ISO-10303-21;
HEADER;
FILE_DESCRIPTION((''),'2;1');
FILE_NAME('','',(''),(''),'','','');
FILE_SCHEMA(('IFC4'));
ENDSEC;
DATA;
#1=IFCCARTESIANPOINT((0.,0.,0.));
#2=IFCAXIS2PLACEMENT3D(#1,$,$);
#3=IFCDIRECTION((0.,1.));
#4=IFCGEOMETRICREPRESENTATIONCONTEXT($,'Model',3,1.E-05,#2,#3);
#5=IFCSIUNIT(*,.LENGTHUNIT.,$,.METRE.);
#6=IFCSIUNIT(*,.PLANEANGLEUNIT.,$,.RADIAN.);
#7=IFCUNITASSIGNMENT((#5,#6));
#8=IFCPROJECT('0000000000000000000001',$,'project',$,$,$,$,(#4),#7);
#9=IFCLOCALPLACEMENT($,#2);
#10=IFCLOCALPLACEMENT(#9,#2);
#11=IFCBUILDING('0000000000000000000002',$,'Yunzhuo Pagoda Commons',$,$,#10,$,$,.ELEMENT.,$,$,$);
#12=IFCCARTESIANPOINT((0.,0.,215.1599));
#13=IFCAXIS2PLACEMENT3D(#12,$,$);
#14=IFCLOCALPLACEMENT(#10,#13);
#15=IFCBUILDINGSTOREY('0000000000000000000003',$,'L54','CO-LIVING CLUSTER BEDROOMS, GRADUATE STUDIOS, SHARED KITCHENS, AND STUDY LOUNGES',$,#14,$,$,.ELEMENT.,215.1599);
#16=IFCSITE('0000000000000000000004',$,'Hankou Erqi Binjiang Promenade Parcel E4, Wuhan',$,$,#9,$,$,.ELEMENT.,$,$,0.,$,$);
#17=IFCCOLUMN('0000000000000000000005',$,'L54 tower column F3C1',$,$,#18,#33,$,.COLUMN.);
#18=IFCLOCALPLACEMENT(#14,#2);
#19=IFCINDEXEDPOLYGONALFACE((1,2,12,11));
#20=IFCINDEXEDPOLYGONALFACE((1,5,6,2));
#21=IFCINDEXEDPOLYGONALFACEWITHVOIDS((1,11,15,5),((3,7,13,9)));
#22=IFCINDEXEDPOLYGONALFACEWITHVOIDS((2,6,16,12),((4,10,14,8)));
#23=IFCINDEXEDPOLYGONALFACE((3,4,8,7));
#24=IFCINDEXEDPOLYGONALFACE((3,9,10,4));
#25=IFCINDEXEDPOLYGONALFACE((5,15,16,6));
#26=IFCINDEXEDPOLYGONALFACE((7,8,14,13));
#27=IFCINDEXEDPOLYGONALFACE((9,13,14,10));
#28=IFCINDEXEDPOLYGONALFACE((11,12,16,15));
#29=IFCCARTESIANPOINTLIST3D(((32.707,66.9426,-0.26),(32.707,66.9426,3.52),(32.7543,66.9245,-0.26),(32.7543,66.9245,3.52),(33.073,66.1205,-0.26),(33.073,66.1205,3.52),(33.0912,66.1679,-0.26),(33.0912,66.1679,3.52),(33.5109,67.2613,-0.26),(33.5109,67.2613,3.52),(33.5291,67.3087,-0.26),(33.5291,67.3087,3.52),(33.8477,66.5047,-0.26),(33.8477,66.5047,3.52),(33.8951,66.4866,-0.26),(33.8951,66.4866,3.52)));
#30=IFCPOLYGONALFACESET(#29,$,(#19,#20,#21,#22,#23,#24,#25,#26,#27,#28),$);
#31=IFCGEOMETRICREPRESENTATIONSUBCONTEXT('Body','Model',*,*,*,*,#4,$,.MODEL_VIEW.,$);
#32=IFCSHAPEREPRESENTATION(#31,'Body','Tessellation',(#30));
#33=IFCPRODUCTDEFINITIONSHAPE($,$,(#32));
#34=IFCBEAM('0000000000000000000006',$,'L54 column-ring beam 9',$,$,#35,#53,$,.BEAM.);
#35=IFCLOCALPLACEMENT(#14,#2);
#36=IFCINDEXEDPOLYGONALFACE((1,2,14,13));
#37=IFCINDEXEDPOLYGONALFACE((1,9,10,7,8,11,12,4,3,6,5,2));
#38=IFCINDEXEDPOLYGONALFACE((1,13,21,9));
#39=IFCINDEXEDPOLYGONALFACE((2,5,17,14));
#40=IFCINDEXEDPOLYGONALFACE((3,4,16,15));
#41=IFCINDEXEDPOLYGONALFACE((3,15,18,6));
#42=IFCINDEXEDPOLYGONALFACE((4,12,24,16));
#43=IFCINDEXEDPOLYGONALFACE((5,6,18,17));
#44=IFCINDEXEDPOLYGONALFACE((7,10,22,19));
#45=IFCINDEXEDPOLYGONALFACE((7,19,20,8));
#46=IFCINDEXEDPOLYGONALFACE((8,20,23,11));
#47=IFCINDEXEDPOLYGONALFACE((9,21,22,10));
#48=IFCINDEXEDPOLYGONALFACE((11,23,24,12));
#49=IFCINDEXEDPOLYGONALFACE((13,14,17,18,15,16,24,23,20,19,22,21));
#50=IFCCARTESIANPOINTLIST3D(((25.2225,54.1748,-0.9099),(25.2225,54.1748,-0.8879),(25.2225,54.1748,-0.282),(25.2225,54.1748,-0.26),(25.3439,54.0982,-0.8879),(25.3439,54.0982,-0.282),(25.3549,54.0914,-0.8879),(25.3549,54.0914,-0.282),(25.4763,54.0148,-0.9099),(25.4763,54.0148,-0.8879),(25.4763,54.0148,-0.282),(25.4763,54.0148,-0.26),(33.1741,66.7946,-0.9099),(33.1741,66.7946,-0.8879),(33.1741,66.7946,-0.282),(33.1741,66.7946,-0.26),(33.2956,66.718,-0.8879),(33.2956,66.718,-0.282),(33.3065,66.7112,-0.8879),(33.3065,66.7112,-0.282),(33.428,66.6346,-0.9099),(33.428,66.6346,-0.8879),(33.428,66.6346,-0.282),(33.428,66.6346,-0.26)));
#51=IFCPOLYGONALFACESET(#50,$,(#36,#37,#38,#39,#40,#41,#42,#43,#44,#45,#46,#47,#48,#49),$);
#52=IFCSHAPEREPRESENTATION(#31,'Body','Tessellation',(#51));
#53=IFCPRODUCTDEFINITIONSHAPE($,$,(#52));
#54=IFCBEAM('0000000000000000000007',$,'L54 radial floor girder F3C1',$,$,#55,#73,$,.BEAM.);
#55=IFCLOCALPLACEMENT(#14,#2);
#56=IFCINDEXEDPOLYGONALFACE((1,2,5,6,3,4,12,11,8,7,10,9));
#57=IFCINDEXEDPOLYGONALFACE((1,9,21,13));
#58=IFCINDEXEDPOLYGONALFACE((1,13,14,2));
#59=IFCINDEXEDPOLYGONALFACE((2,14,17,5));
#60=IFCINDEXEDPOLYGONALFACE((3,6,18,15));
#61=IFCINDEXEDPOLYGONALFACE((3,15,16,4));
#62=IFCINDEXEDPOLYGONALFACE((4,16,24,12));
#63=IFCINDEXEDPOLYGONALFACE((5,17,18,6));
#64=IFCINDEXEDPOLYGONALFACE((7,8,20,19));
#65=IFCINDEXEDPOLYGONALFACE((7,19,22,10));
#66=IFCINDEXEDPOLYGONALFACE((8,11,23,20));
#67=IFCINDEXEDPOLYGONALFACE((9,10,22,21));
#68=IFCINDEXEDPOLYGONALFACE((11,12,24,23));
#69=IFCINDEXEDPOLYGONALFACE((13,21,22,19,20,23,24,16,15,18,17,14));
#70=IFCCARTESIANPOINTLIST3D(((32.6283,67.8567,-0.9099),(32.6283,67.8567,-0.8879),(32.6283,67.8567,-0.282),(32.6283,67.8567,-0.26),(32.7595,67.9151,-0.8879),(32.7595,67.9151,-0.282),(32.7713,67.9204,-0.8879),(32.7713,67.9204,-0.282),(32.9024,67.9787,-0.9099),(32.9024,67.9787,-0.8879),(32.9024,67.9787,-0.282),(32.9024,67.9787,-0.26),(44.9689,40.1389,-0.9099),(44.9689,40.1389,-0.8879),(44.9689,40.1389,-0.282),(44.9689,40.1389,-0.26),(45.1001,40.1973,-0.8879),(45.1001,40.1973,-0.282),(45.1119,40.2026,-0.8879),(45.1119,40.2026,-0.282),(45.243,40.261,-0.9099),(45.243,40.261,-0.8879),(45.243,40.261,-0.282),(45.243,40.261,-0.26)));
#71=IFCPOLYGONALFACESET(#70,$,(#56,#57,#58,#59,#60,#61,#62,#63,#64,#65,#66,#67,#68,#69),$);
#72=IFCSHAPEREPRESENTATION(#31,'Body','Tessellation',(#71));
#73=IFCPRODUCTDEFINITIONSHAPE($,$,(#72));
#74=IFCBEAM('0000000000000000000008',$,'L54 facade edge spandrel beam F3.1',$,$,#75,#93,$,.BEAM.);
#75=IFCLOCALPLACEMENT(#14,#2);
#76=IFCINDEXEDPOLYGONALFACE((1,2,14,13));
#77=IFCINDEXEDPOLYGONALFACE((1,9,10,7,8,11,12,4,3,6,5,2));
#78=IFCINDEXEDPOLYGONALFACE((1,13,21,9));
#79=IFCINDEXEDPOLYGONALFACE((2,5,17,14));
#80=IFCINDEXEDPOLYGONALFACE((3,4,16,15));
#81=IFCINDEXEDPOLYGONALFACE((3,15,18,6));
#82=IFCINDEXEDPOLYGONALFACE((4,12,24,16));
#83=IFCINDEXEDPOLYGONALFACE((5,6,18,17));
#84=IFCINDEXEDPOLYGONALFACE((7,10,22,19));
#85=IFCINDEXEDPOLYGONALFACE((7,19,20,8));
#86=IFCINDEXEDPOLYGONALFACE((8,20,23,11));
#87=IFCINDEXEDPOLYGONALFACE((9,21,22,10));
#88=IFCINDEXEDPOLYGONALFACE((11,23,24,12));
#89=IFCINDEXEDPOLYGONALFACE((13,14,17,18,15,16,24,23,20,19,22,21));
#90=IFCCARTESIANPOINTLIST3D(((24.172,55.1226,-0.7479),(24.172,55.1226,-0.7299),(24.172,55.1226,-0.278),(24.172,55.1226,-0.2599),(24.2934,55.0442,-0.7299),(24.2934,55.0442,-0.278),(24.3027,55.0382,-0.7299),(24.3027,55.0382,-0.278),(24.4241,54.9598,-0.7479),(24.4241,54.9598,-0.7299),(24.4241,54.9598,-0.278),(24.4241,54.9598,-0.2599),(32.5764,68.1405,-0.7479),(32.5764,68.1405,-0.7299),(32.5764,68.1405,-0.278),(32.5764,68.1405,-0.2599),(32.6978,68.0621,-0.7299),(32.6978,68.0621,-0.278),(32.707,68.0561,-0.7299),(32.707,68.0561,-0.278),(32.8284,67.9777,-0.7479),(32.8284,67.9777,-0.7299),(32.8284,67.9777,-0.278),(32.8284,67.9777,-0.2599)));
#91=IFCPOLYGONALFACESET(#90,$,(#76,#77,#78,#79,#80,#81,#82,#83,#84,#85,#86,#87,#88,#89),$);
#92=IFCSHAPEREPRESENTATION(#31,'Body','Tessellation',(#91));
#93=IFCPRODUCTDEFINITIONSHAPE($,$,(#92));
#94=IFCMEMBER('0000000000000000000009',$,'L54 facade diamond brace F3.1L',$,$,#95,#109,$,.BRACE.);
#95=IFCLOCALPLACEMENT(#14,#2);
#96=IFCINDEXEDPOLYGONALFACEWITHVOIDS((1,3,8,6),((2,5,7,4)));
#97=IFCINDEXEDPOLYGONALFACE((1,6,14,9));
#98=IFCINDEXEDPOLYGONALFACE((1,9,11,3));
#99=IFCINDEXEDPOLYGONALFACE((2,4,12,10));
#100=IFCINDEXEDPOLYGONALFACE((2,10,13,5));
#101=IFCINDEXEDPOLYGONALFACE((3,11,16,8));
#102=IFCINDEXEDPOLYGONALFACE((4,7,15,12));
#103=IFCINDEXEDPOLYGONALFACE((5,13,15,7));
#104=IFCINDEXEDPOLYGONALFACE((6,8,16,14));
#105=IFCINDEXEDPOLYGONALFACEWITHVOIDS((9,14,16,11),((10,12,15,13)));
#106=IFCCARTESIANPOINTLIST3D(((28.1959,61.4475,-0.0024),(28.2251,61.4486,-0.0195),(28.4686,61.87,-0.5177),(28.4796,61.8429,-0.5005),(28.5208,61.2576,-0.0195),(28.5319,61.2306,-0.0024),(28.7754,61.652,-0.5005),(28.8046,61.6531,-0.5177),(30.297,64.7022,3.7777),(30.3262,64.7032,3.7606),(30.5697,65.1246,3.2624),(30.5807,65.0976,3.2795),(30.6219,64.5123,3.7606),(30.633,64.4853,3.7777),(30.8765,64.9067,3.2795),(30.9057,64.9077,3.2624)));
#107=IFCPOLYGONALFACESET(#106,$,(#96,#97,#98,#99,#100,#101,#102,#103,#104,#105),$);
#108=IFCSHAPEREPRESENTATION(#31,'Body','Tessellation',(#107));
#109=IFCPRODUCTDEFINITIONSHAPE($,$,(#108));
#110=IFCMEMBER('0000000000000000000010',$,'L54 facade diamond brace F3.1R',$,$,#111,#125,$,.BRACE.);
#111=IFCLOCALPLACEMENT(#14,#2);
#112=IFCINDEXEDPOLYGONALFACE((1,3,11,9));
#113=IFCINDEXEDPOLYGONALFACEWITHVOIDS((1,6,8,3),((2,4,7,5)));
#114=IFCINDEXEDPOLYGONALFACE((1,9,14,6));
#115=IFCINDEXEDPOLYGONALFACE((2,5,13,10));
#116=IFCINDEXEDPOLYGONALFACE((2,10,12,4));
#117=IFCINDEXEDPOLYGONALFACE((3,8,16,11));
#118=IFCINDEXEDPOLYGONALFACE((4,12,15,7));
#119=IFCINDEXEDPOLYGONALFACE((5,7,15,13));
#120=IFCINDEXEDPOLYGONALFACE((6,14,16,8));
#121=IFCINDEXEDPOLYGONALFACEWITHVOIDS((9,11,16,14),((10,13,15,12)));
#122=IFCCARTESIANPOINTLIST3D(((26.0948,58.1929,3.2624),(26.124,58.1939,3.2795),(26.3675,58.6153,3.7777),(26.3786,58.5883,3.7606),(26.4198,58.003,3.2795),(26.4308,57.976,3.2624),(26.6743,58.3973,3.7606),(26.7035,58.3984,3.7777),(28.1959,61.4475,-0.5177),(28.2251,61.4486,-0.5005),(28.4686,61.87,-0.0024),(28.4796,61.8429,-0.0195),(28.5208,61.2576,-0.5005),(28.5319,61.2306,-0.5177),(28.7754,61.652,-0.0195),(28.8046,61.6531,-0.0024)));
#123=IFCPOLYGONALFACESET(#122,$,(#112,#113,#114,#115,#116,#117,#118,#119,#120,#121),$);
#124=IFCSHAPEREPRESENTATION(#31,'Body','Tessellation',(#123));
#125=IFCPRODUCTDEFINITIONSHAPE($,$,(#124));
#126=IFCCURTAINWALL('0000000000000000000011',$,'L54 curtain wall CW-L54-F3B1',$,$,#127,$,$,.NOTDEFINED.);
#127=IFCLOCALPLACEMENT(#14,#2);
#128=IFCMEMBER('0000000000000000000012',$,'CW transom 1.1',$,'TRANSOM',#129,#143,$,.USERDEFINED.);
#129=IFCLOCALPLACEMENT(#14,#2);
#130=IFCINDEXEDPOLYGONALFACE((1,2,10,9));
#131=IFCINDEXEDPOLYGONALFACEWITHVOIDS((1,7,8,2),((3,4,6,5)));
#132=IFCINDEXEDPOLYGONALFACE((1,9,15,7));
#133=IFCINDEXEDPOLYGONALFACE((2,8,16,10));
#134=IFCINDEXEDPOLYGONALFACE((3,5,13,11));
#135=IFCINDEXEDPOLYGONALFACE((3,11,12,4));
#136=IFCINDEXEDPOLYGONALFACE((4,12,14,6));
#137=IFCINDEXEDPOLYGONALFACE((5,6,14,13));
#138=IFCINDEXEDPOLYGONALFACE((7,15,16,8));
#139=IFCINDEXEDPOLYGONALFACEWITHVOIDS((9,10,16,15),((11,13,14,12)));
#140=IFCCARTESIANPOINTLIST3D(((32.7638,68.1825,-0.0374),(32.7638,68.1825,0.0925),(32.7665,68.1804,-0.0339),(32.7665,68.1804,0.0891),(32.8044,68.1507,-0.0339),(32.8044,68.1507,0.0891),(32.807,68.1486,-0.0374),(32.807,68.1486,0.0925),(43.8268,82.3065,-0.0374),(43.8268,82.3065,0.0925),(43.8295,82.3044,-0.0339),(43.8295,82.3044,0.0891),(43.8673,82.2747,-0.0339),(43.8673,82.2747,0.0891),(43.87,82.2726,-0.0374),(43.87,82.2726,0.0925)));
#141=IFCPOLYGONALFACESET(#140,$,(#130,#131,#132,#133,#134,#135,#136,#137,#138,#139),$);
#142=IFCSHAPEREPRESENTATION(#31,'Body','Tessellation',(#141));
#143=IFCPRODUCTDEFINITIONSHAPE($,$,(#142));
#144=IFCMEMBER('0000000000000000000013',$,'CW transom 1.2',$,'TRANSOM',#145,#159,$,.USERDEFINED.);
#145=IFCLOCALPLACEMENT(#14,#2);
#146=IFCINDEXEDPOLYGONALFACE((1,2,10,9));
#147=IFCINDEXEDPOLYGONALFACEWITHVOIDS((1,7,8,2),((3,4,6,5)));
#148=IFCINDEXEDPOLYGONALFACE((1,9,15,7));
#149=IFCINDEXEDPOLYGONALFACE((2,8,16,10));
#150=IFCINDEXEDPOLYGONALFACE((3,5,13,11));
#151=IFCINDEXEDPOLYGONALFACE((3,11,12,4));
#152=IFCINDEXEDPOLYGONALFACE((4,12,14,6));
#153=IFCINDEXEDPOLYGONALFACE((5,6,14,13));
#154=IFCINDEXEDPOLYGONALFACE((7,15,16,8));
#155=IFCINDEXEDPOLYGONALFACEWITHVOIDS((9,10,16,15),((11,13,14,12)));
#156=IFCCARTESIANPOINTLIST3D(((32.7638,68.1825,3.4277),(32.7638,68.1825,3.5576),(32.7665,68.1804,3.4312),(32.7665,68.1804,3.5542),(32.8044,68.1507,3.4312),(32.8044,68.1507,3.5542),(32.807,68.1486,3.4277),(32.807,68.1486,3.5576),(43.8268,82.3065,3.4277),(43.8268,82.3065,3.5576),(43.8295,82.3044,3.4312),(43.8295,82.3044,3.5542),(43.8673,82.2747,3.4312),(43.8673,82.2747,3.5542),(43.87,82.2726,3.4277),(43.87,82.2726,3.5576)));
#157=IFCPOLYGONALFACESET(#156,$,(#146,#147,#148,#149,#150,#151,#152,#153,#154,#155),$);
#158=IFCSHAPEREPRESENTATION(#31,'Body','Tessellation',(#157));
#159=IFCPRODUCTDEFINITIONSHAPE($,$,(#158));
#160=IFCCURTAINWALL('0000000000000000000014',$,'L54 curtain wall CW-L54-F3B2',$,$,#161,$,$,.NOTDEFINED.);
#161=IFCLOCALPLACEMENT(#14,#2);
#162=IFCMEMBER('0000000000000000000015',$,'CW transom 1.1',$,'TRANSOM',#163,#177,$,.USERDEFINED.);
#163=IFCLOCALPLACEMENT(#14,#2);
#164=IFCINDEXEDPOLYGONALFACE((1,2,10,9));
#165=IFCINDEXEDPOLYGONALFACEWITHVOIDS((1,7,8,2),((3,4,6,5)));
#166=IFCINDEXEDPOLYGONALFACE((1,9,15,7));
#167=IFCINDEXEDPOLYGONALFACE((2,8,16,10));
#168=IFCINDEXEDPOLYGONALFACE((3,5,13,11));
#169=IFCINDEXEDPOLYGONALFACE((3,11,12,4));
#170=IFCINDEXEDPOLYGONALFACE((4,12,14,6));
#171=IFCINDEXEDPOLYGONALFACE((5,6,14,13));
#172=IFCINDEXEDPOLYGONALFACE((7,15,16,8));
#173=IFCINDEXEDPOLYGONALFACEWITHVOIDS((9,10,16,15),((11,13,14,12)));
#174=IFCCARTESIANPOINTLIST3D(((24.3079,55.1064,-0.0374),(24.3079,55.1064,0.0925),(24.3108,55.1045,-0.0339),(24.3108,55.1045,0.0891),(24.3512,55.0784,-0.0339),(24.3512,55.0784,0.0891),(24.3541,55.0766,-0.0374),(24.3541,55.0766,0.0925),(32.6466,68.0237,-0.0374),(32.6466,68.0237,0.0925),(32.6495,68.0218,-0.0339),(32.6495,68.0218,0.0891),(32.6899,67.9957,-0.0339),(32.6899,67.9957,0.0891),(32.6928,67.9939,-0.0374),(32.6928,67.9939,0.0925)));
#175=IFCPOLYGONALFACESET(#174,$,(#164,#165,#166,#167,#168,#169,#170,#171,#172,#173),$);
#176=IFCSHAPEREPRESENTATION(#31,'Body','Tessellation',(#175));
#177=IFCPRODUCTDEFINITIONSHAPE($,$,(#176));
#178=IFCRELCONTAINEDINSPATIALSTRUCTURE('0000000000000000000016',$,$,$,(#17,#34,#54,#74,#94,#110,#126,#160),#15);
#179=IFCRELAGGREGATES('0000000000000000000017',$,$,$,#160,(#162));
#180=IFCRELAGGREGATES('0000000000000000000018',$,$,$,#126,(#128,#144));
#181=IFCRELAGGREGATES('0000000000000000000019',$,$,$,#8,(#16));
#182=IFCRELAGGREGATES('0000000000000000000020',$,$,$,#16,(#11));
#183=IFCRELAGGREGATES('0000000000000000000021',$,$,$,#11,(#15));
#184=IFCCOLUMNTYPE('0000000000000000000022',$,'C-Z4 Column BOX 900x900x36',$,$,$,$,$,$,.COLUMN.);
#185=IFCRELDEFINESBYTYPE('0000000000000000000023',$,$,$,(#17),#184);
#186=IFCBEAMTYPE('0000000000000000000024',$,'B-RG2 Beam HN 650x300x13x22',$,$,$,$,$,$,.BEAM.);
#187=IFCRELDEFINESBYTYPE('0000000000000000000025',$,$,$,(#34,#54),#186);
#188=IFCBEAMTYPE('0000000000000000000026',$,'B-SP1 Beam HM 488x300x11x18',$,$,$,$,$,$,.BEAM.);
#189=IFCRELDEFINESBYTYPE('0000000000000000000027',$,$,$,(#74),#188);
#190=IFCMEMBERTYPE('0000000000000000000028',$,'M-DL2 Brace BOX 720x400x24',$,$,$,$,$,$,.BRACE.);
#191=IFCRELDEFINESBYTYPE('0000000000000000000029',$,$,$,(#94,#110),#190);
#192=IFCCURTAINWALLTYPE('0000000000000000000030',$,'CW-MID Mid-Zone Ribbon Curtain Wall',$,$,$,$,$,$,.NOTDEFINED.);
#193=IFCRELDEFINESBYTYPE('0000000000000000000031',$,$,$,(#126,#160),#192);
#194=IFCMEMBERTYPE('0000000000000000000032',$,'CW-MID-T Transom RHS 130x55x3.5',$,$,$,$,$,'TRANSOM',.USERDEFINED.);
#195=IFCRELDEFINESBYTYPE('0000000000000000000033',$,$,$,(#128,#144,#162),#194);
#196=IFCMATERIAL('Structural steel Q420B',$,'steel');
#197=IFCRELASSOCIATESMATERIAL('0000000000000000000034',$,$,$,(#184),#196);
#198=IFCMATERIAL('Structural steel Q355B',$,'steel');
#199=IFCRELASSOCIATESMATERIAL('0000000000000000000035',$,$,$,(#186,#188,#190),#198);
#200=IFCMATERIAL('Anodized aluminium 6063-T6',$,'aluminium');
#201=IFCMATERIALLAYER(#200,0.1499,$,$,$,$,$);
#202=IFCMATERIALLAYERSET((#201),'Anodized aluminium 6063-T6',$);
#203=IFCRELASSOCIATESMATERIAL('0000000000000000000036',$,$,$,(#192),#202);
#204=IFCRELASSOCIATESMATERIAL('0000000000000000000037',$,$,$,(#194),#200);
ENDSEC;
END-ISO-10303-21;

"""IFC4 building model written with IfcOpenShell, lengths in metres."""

from ifc_helpers import new_model, si_unit, direction, frame, origin, origin_2d, place, context, subcontext, project, spatial, hollow_rectangle, i_section, extrude, source, transform, mapped, material, layer, layer_set, material_profile, profile_set, type_object, element, aggregate, save


model = new_model("IFC4")

# Units and contexts
model_context = context("Model", 3, precision=1e-05, world=origin(), true_north=direction((0.0, 1.0)))
body_context = subcontext(model_context, "Body", "Model", "MODEL_VIEW")
ifc_project = project(units=[si_unit("LENGTHUNIT", "METRE"), si_unit("PLANEANGLEUNIT", "RADIAN")], contexts=[model_context])

# Site, building, storey
site_placement = place(None, origin())
site = spatial("IfcSite", under=ifc_project, at=site_placement, Name="Hankou Erqi Binjiang Promenade Parcel E4, Wuhan", CompositionType="ELEMENT", RefElevation=0.0)
building_placement = place(site_placement, origin())
building = spatial("IfcBuilding", under=site, at=building_placement, Name="Yunzhuo Pagoda Commons", CompositionType="ELEMENT")
storey_placement = place(building_placement, frame((0.0, 0.0, 215.1599)))
storey = spatial("IfcBuildingStorey", under=building, at=storey_placement, Name="L54", Description="CO-LIVING CLUSTER BEDROOMS, GRADUATE STUDIOS, SHARED KITCHENS, AND STUDY LOUNGES", CompositionType="ELEMENT", Elevation=215.1599)

# Column
ifc_material_1 = material(Name="Structural steel Q420B", Category="steel")
ifc_material_profile_1 = material_profile(ifc_material_1, hollow_rectangle(XDim=0.8999, YDim=0.8999, WallThickness=0.0359, at=origin_2d()), Name="Structural steel Q420B")
ifc_profile_set_1 = profile_set([ifc_material_profile_1], Name="Structural steel Q420B")
column_type = type_object("IfcColumnType", Name="C-Z4 Column BOX 900x900x36", PredefinedType="COLUMN", material=ifc_profile_set_1)
shared_shape_1 = source(origin(), body_context, "Body", "SweptSolid", [
    extrude(hollow_rectangle(XDim=0.8999, YDim=0.8999, WallThickness=0.0359, at=origin_2d()), origin(), (0.0, 0.0, 1.0), 3.78),
])
column_placement = place(storey_placement, frame((33.301, 66.7146, -0.26), z_axis=(0.0, 0.0, 1.0), x_axis=(-0.913545, -0.406737, 0.0)))
element("IfcColumn", 1, at=column_placement, inside=storey, type_object=column_type, Name="L54 tower column F3C1", PredefinedType="COLUMN", context=body_context, shape_type="MappedRepresentation", body=[
    mapped(shared_shape_1, transform((0.0, 0.0, 0.0), scale=1.0)),
])

# Beams
ifc_material_2 = material(Name="Structural steel Q355B", Category="steel")
ifc_material_profile_2 = material_profile(ifc_material_2, i_section(OverallWidth=0.3, OverallDepth=0.6499, WebThickness=0.0129, FlangeThickness=0.022, at=origin_2d()), Name="Structural steel Q355B")
ifc_profile_set_2 = profile_set([ifc_material_profile_2], Name="Structural steel Q355B")
beam_type_1 = type_object("IfcBeamType", Name="B-RG2 Beam HN 650x300x13x22", PredefinedType="BEAM", material=ifc_profile_set_2)
shared_shape_2 = source(origin(), body_context, "Body", "SweptSolid", [
    extrude(i_section(OverallWidth=0.3, OverallDepth=0.6499, WebThickness=0.0129, FlangeThickness=0.022, at=origin_2d()), origin(), (0.0, 0.0, 1.0), 14.916),
])
beam_1_placement = place(storey_placement, frame((33.301, 66.7146, -0.585), z_axis=(-0.533092, -0.846057, 0.0), x_axis=(0.846057, -0.533092, 0.0)))
element("IfcBeam", 2, at=beam_1_placement, inside=storey, type_object=beam_type_1, Name="L54 column-ring beam 9", PredefinedType="BEAM", context=body_context, shape_type="MappedRepresentation", body=[
    mapped(shared_shape_2, transform((0.0, 0.0, 0.0), scale=1.0)),
])
shared_shape_3 = source(origin(), body_context, "Body", "SweptSolid", [
    extrude(i_section(OverallWidth=0.3, OverallDepth=0.6499, WebThickness=0.0129, FlangeThickness=0.022, at=origin_2d()), origin(), (0.0, 0.0, 1.0), 30.3408),
])
beam_2_placement = place(storey_placement, frame((32.7654, 67.9177, -0.585), z_axis=(0.406732, -0.913548, 0.0), x_axis=(0.913548, 0.406732, 0.0)))
element("IfcBeam", 3, at=beam_2_placement, inside=storey, type_object=beam_type_1, Name="L54 radial floor girder F3C1", PredefinedType="BEAM", context=body_context, shape_type="MappedRepresentation", body=[
    mapped(shared_shape_3, transform((0.0, 0.0, 0.0), scale=1.0)),
])
ifc_material_profile_3 = material_profile(ifc_material_2, i_section(OverallWidth=0.3, OverallDepth=0.488, WebThickness=0.011, FlangeThickness=0.0181, at=origin_2d()), Name="Structural steel Q355B")
ifc_profile_set_3 = profile_set([ifc_material_profile_3], Name="Structural steel Q355B")
beam_type_2 = type_object("IfcBeamType", Name="B-SP1 Beam HM 488x300x11x18", PredefinedType="BEAM", material=ifc_profile_set_3)
shared_shape_4 = source(origin(), body_context, "Body", "SweptSolid", [
    extrude(i_section(OverallWidth=0.3, OverallDepth=0.488, WebThickness=0.011, FlangeThickness=0.0181, at=origin_2d()), origin(), (0.0, 0.0, 1.0), 15.4951),
])
beam_3_placement = place(storey_placement, frame((32.7024, 68.0591, -0.5039), z_axis=(-0.542387, -0.840129, 0.0), x_axis=(0.840129, -0.542387, 0.0)))
element("IfcBeam", 4, at=beam_3_placement, inside=storey, type_object=beam_type_2, Name="L54 facade edge spandrel beam F3.1", PredefinedType="BEAM", context=body_context, shape_type="MappedRepresentation", body=[
    mapped(shared_shape_4, transform((0.0, 0.0, 0.0), scale=1.0)),
])

# Members
ifc_material_profile_4 = material_profile(ifc_material_2, hollow_rectangle(XDim=0.3999, YDim=0.72, WallThickness=0.0239, at=origin_2d()), Name="Structural steel Q355B")
ifc_profile_set_4 = profile_set([ifc_material_profile_4], Name="Structural steel Q355B")
member_type_1 = type_object("IfcMemberType", Name="M-DL2 Brace BOX 720x400x24", PredefinedType="BRACE", material=ifc_profile_set_4)
shared_shape_5 = source(origin(), body_context, "Body", "SweptSolid", [
    extrude(hollow_rectangle(XDim=0.3999, YDim=0.72, WallThickness=0.0239, at=origin_2d()), origin(), (0.0, 0.0, 1.0), 5.4126),
])
for number, where, z_axis, x_axis, name in (
    (5, (28.5002, 61.5503, -0.26), (0.388185, 0.601312, 0.698381), (-0.840143, 0.542365, 0.0), "L54 facade diamond brace F3.1L"),
    (6, (28.5002, 61.5503, -0.26), (-0.388185, -0.601312, 0.698381), (0.840143, -0.542365, 0.0), "L54 facade diamond brace F3.1R"),
):
    element("IfcMember", number, at=place(storey_placement, frame(where, z_axis=z_axis, x_axis=x_axis)), inside=storey, type_object=member_type_1, Name=name, PredefinedType="BRACE", context=body_context, shape_type="MappedRepresentation", body=[
        mapped(shared_shape_5, transform((0.0, 0.0, 0.0), scale=1.0)),
    ])

# Curtain walls, members
ifc_material_3 = material(Name="Anodized aluminium 6063-T6", Category="aluminium")
ifc_layer_1 = layer(ifc_material_3, 0.1499)
ifc_layer_set_1 = layer_set([ifc_layer_1], Name="Anodized aluminium 6063-T6")
curtain_wall_type = type_object("IfcCurtainWallType", Name="CW-MID Mid-Zone Ribbon Curtain Wall", PredefinedType="NOTDEFINED", material=ifc_layer_set_1)
curtain_wall_1_placement = place(storey_placement, origin())
curtain_wall_1 = element("IfcCurtainWall", 7, at=curtain_wall_1_placement, inside=storey, type_object=curtain_wall_type, Name="L54 curtain wall CW-L54-F3B1", PredefinedType="NOTDEFINED")
ifc_material_profile_5 = material_profile(ifc_material_3, hollow_rectangle(XDim=0.0549, YDim=0.1299, WallThickness=0.0034, at=origin_2d()), Name="Anodized aluminium 6063-T6")
ifc_profile_set_5 = profile_set([ifc_material_profile_5], Name="Anodized aluminium 6063-T6")
member_type_2 = type_object("IfcMemberType", Name="CW-MID-T Transom RHS 130x55x3.5", ElementType="TRANSOM", PredefinedType="USERDEFINED", material=ifc_profile_set_5)
shared_shape_6 = source(origin(), body_context, "Body", "SweptSolid", [
    extrude(hollow_rectangle(XDim=0.0549, YDim=0.1299, WallThickness=0.0034, at=origin_2d()), origin(), (0.0, 0.0, 1.0), 17.9409),
])
member_1_placement = place(storey_placement, frame((43.8484, 82.2896, 0.0276), z_axis=(-0.616633, -0.787251, 0.0), x_axis=(0.787251, -0.616633, 0.0)))
member_1 = element("IfcMember", 8, at=member_1_placement, type_object=member_type_2, Name="CW transom 1.1", ObjectType="TRANSOM", PredefinedType="USERDEFINED", context=body_context, shape_type="MappedRepresentation", body=[
    mapped(shared_shape_6, transform((0.0, 0.0, 0.0), scale=1.0)),
])
member_2_placement = place(storey_placement, frame((43.8484, 82.2896, 3.4927), z_axis=(-0.616633, -0.787251, 0.0), x_axis=(0.787251, -0.616633, 0.0)))
member_2 = element("IfcMember", 9, at=member_2_placement, type_object=member_type_2, Name="CW transom 1.2", ObjectType="TRANSOM", PredefinedType="USERDEFINED", context=body_context, shape_type="MappedRepresentation", body=[
    mapped(shared_shape_6, transform((0.0, 0.0, 0.0), scale=1.0)),
])
curtain_wall_2_placement = place(storey_placement, origin())
curtain_wall_2 = element("IfcCurtainWall", 10, at=curtain_wall_2_placement, inside=storey, type_object=curtain_wall_type, Name="L54 curtain wall CW-L54-F3B2", PredefinedType="NOTDEFINED")
shared_shape_7 = source(origin(), body_context, "Body", "SweptSolid", [
    extrude(hollow_rectangle(XDim=0.0549, YDim=0.1299, WallThickness=0.0034, at=origin_2d()), origin(), (0.0, 0.0, 1.0), 15.375),
])
member_3_placement = place(storey_placement, frame((32.6697, 68.0088, 0.0276), z_axis=(-0.542353, -0.840151, 0.0), x_axis=(0.840151, -0.542353, 0.0)))
member_3 = element("IfcMember", 11, at=member_3_placement, type_object=member_type_2, Name="CW transom 1.1", ObjectType="TRANSOM", PredefinedType="USERDEFINED", context=body_context, shape_type="MappedRepresentation", body=[
    mapped(shared_shape_7, transform((0.0, 0.0, 0.0), scale=1.0)),
])

aggregate(curtain_wall_2, [member_3])

aggregate(curtain_wall_1, [member_1, member_2])

save(model, "model.ifc")
